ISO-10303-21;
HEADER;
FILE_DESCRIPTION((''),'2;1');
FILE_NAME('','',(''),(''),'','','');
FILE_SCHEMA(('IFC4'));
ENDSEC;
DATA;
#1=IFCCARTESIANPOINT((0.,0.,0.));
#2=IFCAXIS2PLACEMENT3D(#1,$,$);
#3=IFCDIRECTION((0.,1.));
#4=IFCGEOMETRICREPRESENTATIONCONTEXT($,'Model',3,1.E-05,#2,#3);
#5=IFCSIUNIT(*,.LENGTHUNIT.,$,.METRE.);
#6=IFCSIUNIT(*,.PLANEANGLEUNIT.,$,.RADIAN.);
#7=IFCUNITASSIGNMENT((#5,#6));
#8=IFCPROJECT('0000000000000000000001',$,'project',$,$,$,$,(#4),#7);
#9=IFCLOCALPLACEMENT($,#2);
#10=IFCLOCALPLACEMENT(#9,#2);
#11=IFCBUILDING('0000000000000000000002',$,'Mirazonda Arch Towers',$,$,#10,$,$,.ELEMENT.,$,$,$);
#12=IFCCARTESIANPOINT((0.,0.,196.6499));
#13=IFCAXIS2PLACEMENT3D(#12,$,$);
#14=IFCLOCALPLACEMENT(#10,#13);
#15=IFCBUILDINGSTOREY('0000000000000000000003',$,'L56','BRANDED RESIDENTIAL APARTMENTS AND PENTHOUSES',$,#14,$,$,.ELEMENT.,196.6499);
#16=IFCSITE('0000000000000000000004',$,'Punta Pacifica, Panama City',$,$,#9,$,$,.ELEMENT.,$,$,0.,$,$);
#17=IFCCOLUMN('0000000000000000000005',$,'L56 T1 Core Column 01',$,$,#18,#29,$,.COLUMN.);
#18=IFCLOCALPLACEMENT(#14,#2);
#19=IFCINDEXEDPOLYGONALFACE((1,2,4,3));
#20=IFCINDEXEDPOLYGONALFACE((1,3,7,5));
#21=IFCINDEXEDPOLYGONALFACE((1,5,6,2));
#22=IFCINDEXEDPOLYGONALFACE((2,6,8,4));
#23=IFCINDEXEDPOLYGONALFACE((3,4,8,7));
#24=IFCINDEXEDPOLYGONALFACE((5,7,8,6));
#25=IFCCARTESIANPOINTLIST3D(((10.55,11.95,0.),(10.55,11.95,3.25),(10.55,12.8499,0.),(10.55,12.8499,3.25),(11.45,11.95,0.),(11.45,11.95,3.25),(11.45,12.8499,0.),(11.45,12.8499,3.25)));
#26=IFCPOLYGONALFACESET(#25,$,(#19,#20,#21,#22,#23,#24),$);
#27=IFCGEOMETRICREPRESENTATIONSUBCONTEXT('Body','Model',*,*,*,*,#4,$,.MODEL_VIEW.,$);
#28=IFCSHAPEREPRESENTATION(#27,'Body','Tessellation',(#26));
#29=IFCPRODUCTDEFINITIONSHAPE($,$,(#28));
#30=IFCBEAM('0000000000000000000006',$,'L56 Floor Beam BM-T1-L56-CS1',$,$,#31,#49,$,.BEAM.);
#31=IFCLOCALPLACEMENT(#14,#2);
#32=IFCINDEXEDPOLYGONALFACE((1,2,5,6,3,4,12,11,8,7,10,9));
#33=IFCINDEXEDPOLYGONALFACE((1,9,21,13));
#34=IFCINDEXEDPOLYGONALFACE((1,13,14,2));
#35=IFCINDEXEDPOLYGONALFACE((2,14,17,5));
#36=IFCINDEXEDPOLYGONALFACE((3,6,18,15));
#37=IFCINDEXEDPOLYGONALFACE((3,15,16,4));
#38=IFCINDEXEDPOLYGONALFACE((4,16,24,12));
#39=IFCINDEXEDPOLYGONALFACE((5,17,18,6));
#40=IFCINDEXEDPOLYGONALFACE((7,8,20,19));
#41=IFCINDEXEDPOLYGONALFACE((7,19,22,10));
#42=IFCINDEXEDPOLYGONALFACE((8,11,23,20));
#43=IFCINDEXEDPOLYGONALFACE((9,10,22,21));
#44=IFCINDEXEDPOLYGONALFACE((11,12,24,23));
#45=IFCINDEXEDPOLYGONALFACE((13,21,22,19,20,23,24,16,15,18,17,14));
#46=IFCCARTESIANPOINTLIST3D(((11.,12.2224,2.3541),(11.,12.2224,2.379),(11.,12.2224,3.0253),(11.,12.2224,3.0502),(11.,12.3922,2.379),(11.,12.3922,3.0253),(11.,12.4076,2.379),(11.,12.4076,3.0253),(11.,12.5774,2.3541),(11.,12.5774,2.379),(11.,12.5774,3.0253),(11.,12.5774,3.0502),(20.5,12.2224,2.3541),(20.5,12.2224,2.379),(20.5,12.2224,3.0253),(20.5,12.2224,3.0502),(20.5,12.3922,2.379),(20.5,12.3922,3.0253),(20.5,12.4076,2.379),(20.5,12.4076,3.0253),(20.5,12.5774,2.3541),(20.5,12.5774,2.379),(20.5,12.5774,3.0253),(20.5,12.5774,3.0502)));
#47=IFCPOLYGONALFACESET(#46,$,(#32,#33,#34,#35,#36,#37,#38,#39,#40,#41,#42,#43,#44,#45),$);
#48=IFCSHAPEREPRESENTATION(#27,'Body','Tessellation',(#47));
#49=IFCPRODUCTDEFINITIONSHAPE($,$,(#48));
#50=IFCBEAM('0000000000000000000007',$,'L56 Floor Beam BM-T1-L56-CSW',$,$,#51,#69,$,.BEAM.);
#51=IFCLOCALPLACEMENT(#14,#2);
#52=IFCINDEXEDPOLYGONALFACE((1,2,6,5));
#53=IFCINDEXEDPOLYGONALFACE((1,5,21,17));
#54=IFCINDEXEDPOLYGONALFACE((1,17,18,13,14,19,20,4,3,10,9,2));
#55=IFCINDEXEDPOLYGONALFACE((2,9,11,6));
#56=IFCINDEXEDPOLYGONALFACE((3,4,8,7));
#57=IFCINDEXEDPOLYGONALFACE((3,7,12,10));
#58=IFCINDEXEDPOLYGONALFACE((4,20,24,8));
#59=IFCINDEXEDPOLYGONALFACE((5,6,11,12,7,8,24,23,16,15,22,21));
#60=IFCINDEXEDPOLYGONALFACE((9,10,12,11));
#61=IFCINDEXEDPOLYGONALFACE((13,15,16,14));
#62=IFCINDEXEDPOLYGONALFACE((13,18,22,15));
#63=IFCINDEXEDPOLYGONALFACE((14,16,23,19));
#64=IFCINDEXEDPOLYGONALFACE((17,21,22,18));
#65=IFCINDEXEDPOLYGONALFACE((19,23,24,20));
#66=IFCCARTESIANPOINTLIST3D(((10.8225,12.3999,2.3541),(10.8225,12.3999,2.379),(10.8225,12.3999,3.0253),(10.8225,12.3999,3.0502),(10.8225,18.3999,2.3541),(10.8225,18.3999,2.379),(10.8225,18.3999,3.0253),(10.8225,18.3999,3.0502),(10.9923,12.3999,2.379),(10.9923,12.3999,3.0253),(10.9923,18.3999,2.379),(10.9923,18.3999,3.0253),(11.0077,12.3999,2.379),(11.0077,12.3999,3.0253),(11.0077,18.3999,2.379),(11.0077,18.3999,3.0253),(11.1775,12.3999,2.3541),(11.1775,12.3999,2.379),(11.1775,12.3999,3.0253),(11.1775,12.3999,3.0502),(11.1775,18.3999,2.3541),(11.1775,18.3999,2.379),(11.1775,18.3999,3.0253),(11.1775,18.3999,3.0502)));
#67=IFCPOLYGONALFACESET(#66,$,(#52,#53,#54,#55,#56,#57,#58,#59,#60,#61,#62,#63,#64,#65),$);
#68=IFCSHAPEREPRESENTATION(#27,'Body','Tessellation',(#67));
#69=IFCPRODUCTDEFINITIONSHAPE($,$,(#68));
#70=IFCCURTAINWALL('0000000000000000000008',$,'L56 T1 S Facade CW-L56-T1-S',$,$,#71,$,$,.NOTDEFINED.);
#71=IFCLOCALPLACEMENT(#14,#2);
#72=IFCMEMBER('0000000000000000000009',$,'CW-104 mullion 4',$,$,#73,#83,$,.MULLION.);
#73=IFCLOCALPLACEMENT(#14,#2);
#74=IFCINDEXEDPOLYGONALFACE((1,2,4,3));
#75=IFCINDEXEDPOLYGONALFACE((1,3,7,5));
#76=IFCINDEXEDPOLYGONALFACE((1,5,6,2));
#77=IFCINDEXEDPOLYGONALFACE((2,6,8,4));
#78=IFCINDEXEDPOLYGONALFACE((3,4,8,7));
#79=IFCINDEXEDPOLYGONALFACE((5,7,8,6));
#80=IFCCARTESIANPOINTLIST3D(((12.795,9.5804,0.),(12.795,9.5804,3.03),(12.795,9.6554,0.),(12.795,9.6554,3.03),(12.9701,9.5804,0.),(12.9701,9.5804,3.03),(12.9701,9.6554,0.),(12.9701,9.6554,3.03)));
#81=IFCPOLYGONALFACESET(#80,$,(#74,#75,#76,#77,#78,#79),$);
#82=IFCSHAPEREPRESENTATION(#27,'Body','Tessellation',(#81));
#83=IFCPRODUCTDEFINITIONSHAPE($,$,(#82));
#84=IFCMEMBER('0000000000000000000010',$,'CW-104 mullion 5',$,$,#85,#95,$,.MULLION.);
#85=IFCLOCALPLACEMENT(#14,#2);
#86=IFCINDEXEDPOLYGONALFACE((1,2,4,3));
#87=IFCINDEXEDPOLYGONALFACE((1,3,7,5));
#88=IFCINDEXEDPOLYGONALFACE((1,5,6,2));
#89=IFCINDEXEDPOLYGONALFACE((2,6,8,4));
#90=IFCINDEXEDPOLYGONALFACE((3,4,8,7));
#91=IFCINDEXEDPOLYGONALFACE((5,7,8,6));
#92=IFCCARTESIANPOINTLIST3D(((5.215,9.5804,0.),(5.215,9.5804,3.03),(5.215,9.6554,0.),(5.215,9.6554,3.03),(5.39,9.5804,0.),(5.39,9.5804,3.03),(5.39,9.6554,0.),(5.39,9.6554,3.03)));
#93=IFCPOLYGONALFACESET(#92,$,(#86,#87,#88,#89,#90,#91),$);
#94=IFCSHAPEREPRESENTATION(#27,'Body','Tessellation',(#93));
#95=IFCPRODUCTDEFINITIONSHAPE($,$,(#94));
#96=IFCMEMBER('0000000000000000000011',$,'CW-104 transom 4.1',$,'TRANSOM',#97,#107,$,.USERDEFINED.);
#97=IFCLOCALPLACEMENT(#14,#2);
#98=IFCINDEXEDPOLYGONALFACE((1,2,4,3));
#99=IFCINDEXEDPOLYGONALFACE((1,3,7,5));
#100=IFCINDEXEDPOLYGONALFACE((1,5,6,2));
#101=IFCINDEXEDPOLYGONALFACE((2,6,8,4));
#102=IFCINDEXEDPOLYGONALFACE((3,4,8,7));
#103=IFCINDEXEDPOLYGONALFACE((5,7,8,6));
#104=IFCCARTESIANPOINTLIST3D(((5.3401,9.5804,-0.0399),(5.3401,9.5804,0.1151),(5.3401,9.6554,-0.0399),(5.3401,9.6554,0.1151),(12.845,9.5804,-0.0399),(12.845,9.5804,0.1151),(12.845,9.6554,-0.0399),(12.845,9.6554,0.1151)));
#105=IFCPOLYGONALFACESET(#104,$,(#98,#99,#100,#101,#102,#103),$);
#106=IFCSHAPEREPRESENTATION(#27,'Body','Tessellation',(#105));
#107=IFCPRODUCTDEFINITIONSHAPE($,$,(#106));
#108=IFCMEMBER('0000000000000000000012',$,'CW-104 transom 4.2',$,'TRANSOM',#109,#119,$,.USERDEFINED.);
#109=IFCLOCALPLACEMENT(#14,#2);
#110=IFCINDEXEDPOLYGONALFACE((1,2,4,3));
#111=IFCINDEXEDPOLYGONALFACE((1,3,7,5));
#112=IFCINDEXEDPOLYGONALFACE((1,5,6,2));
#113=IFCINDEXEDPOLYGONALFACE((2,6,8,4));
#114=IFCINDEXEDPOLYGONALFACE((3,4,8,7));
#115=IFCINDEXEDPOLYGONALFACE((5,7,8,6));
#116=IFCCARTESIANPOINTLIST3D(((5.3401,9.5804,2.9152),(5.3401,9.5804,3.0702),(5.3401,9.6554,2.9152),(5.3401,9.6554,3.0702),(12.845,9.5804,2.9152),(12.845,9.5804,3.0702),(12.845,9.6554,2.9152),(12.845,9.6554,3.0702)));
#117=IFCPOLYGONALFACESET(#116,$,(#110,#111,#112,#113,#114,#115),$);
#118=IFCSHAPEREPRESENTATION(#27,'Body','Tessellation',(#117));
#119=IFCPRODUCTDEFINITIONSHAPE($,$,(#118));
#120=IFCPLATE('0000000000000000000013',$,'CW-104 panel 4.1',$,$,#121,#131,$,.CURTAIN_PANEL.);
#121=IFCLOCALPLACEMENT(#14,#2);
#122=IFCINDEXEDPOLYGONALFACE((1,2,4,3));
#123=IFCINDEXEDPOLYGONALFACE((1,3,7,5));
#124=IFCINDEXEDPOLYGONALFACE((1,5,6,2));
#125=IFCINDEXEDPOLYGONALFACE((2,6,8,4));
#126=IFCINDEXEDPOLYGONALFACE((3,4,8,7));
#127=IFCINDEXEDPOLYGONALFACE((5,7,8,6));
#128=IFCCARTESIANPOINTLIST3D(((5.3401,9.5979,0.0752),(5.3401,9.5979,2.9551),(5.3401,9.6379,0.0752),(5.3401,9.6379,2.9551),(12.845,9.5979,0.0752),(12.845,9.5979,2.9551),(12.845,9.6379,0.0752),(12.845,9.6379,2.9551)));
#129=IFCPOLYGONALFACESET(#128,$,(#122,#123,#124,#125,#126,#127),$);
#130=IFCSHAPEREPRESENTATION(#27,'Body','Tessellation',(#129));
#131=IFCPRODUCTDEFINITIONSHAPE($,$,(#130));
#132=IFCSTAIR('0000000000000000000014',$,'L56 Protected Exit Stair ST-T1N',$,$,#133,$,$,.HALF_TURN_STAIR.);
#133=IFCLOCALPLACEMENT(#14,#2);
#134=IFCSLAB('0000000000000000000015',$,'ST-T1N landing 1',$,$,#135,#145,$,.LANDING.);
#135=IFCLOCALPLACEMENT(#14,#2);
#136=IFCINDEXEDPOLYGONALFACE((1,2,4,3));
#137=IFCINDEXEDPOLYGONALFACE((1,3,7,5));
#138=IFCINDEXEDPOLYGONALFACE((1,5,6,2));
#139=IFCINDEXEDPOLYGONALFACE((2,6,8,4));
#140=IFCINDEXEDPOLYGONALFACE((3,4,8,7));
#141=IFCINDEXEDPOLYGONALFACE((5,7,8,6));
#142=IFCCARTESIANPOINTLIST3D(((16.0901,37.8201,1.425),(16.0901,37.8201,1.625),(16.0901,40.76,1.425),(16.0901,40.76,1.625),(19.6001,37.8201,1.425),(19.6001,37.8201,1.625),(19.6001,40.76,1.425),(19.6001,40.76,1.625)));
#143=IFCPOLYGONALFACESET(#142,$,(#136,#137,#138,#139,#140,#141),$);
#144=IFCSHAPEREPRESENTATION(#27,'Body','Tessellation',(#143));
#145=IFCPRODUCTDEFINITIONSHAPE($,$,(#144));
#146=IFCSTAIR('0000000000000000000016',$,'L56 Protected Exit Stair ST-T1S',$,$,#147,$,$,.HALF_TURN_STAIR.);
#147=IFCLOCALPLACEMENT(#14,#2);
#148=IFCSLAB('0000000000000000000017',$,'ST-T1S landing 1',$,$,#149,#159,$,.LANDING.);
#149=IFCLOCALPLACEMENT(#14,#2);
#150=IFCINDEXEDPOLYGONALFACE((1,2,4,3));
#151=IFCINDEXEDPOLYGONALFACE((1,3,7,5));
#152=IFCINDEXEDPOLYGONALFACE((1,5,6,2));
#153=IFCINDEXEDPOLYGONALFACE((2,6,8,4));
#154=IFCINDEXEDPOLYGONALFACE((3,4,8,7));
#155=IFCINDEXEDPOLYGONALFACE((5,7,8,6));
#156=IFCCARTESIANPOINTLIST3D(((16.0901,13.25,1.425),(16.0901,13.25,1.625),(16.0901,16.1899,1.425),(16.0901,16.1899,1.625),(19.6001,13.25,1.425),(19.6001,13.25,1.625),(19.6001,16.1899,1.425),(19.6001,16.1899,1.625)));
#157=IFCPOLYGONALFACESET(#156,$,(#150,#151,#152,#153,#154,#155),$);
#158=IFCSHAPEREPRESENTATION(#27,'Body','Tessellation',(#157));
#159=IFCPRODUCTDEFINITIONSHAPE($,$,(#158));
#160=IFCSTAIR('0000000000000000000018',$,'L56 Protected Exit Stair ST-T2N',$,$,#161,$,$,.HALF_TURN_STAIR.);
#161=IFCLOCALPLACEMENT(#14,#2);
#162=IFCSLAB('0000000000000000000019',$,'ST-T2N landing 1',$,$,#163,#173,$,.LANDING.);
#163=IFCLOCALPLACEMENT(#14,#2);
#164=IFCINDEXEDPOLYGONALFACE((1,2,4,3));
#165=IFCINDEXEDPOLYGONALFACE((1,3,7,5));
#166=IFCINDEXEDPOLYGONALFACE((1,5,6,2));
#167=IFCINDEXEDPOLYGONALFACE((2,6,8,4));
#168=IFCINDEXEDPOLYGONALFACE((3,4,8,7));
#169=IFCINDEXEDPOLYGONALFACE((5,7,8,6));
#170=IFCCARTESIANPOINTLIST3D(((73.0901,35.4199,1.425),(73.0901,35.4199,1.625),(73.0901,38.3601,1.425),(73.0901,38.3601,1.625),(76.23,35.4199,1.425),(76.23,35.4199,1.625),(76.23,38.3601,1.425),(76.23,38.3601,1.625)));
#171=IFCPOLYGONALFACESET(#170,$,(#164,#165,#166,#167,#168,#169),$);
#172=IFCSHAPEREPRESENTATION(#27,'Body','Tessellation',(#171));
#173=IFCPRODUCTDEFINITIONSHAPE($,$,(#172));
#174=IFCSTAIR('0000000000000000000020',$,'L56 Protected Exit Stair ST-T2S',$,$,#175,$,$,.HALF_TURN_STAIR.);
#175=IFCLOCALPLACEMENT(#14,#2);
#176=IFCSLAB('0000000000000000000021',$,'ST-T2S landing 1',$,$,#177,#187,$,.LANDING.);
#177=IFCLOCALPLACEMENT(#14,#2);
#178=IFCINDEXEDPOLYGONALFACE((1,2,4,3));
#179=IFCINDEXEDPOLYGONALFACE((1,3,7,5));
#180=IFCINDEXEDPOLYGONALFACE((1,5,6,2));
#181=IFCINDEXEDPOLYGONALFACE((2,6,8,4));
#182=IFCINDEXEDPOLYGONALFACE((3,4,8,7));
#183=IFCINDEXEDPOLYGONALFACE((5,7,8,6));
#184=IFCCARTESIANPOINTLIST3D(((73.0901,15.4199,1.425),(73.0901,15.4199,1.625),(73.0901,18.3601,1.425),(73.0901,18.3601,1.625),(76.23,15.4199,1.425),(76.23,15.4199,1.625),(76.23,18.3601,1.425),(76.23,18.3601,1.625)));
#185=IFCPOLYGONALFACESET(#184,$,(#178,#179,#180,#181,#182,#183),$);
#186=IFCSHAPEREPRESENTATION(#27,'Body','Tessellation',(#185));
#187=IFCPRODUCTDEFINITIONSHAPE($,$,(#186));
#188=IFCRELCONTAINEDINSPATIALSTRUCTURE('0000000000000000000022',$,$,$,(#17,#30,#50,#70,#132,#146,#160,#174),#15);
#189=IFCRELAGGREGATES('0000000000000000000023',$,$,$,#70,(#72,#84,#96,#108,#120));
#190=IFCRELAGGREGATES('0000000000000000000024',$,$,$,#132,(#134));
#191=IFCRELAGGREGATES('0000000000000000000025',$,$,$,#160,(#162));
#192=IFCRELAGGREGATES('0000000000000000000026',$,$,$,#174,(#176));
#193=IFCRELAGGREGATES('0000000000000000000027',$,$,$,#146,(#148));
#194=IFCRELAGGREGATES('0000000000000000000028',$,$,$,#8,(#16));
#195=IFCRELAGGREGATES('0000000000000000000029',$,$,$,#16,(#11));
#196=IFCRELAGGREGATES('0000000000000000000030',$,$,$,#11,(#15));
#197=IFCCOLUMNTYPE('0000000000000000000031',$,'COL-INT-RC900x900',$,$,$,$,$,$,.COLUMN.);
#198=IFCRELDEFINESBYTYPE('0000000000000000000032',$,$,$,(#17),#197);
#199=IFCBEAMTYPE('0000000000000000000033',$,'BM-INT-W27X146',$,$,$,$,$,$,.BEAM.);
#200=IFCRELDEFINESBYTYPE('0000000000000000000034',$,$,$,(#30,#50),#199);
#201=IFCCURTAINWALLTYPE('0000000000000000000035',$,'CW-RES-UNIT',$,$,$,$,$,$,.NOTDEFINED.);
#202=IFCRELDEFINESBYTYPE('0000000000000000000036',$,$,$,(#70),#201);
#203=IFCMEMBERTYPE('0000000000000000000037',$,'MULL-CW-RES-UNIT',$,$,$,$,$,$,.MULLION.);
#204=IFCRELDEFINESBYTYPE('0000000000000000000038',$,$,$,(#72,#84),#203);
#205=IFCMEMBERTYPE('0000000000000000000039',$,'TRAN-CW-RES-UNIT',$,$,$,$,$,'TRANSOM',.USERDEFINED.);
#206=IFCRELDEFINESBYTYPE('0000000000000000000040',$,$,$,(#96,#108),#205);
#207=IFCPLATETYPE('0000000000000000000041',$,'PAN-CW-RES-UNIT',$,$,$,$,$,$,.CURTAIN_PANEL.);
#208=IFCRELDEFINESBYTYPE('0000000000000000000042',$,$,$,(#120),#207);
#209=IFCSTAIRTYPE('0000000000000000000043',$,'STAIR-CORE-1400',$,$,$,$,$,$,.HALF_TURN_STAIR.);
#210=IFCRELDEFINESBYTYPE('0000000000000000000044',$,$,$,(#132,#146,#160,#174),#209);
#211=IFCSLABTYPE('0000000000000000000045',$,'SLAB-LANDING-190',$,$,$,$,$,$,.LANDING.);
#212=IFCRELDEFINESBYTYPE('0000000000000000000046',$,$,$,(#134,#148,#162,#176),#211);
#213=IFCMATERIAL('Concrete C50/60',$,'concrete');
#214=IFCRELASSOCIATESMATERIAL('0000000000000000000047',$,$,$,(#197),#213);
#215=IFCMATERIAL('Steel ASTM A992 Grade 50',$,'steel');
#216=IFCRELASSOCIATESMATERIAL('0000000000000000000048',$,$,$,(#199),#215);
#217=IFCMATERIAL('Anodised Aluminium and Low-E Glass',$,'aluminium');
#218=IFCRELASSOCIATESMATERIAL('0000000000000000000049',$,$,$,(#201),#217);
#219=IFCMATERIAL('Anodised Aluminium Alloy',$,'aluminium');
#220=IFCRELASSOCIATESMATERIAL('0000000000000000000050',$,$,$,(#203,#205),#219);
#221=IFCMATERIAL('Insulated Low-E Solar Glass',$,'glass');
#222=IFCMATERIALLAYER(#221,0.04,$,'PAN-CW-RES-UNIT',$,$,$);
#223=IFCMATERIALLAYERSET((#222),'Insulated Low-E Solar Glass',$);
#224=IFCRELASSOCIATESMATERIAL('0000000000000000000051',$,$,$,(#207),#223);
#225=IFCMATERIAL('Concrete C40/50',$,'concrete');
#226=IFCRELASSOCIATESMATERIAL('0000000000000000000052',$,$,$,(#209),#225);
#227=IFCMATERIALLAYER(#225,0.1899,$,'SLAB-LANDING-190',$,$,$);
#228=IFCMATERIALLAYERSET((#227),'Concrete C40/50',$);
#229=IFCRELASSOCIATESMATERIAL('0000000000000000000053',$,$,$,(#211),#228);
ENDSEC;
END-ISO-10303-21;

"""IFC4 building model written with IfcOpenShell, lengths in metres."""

from ifc_helpers import new_model, si_unit, direction, frame, origin, origin_2d, place, context, subcontext, project, spatial, polyline, rectangle, i_section, outline, extrude, material, layer, layer_set, material_profile, profile_set, type_object, element, aggregate, save


model = new_model("IFC4")

# Units and contexts
model_context = context("Model", 3, precision=1e-05, world=origin(), true_north=direction((0.0, 1.0)))
body_context = subcontext(model_context, "Body", "Model", "MODEL_VIEW")
ifc_project = project(units=[si_unit("LENGTHUNIT", "METRE"), si_unit("PLANEANGLEUNIT", "RADIAN")], contexts=[model_context])

# Site, building, storey
site_placement = place(None, origin())
site = spatial("IfcSite", under=ifc_project, at=site_placement, Name="Punta Pacifica, Panama City", CompositionType="ELEMENT", RefElevation=0.0)
building_placement = place(site_placement, origin())
building = spatial("IfcBuilding", under=site, at=building_placement, Name="Mirazonda Arch Towers", CompositionType="ELEMENT")
storey_placement = place(building_placement, frame((0.0, 0.0, 196.6499)))
storey = spatial("IfcBuildingStorey", under=building, at=storey_placement, Name="L56", Description="BRANDED RESIDENTIAL APARTMENTS AND PENTHOUSES", CompositionType="ELEMENT", Elevation=196.6499)

# Column
ifc_material_1 = material(Name="Concrete C50/60", Category="concrete")
ifc_material_profile_1 = material_profile(ifc_material_1, rectangle(XDim=0.8999, YDim=0.8999, at=origin_2d()), Name="RC900x900")
ifc_profile_set_1 = profile_set([ifc_material_profile_1], Name="Concrete C50/60")
column_type = type_object("IfcColumnType", Name="COL-INT-RC900x900", PredefinedType="COLUMN", material=ifc_profile_set_1)
column_placement = place(storey_placement, frame((11.0, 12.3999, 0.0), z_axis=(0.0, 0.0, 1.0), x_axis=(1.0, 0.0, 0.0)))
element("IfcColumn", 1, at=column_placement, inside=storey, type_object=column_type, Name="L56 T1 Core Column 01", PredefinedType="COLUMN", context=body_context, shape_type="SweptSolid", body=[
    extrude(rectangle(XDim=0.8999, YDim=0.8999, at=origin_2d()), origin(), (0.0, 0.0, 1.0), 3.25),
])

# Beams
ifc_material_2 = material(Name="Steel ASTM A992 Grade 50", Category="steel")
ifc_material_profile_2 = material_profile(ifc_material_2, i_section(OverallWidth=0.355, OverallDepth=0.696, WebThickness=0.0154, FlangeThickness=0.0249, at=origin_2d()), Name="W27X146")
ifc_profile_set_2 = profile_set([ifc_material_profile_2], Name="Steel ASTM A992 Grade 50")
beam_type = type_object("IfcBeamType", Name="BM-INT-W27X146", PredefinedType="BEAM", material=ifc_profile_set_2)
beam_1_placement = place(storey_placement, frame((11.0, 12.3999, 2.7021), z_axis=(1.0, 0.0, 0.0), x_axis=(0.0, 1.0, 0.0)))
element("IfcBeam", 2, at=beam_1_placement, inside=storey, type_object=beam_type, Name="L56 Floor Beam BM-T1-L56-CS1", PredefinedType="BEAM", context=body_context, shape_type="SweptSolid", body=[
    extrude(i_section(OverallWidth=0.355, OverallDepth=0.696, WebThickness=0.0154, FlangeThickness=0.0249, at=origin_2d()), origin(), (0.0, 0.0, 1.0), 9.5),
])
beam_2_placement = place(storey_placement, frame((11.0, 12.3999, 2.7021), z_axis=(0.0, 1.0, 0.0), x_axis=(-1.0, 0.0, 0.0)))
element("IfcBeam", 3, at=beam_2_placement, inside=storey, type_object=beam_type, Name="L56 Floor Beam BM-T1-L56-CSW", PredefinedType="BEAM", context=body_context, shape_type="SweptSolid", body=[
    extrude(i_section(OverallWidth=0.355, OverallDepth=0.696, WebThickness=0.0154, FlangeThickness=0.0249, at=origin_2d()), origin(), (0.0, 0.0, 1.0), 6.0),
])

# Curtain wall, members, plate
ifc_material_3 = material(Name="Anodised Aluminium and Low-E Glass", Category="aluminium")
curtain_wall_type = type_object("IfcCurtainWallType", Name="CW-RES-UNIT", PredefinedType="NOTDEFINED", material=ifc_material_3)
curtain_wall_placement = place(storey_placement, origin())
curtain_wall = element("IfcCurtainWall", 4, at=curtain_wall_placement, inside=storey, type_object=curtain_wall_type, Name="L56 T1 S Facade CW-L56-T1-S", PredefinedType="NOTDEFINED")
ifc_material_4 = material(Name="Anodised Aluminium Alloy", Category="aluminium")
ifc_material_profile_3 = material_profile(ifc_material_4, rectangle(XDim=0.075, YDim=0.175, at=origin_2d()), Name="ALU-MULL-75x175")
ifc_profile_set_3 = profile_set([ifc_material_profile_3], Name="Anodised Aluminium Alloy")
member_type_1 = type_object("IfcMemberType", Name="MULL-CW-RES-UNIT", PredefinedType="MULLION", material=ifc_profile_set_3)
member_1_placement = place(storey_placement, frame((12.8826, 9.6179, 0.0), z_axis=(0.0, 0.0, 1.0), x_axis=(0.0, -1.0, 0.0)))
member_1 = element("IfcMember", 5, at=member_1_placement, type_object=member_type_1, Name="CW-104 mullion 4", PredefinedType="MULLION", context=body_context, shape_type="SweptSolid", body=[
    extrude(rectangle(XDim=0.075, YDim=0.175, at=origin_2d()), origin(), (0.0, 0.0, 1.0), 3.03),
])
member_2_placement = place(storey_placement, frame((5.3025, 9.6179, 0.0), z_axis=(0.0, 0.0, 1.0), x_axis=(0.0, -1.0, 0.0)))
member_2 = element("IfcMember", 6, at=member_2_placement, type_object=member_type_1, Name="CW-104 mullion 5", PredefinedType="MULLION", context=body_context, shape_type="SweptSolid", body=[
    extrude(rectangle(XDim=0.075, YDim=0.175, at=origin_2d()), origin(), (0.0, 0.0, 1.0), 3.03),
])
ifc_material_profile_4 = material_profile(ifc_material_4, rectangle(XDim=0.075, YDim=0.155, at=origin_2d()), Name="ALU-TRAN-75x155")
ifc_profile_set_4 = profile_set([ifc_material_profile_4], Name="Anodised Aluminium Alloy")
member_type_2 = type_object("IfcMemberType", Name="TRAN-CW-RES-UNIT", ElementType="TRANSOM", PredefinedType="USERDEFINED", material=ifc_profile_set_4)
member_3_placement = place(storey_placement, frame((12.845, 9.6179, 0.0376), z_axis=(-1.0, 0.0, 0.0), x_axis=(0.0, -1.0, 0.0)))
member_3 = element("IfcMember", 7, at=member_3_placement, type_object=member_type_2, Name="CW-104 transom 4.1", ObjectType="TRANSOM", PredefinedType="USERDEFINED", context=body_context, shape_type="SweptSolid", body=[
    extrude(rectangle(XDim=0.075, YDim=0.155, at=origin_2d()), origin(), (0.0, 0.0, 1.0), 7.5049),
])
member_4_placement = place(storey_placement, frame((12.845, 9.6179, 2.9927), z_axis=(-1.0, 0.0, 0.0), x_axis=(0.0, -1.0, 0.0)))
member_4 = element("IfcMember", 8, at=member_4_placement, type_object=member_type_2, Name="CW-104 transom 4.2", ObjectType="TRANSOM", PredefinedType="USERDEFINED", context=body_context, shape_type="SweptSolid", body=[
    extrude(rectangle(XDim=0.075, YDim=0.155, at=origin_2d()), origin(), (0.0, 0.0, 1.0), 7.5049),
])
ifc_material_5 = material(Name="Insulated Low-E Solar Glass", Category="glass")
ifc_layer_1 = layer(ifc_material_5, 0.04, Name="PAN-CW-RES-UNIT")
ifc_layer_set_1 = layer_set([ifc_layer_1], Name="Insulated Low-E Solar Glass")
plate_type = type_object("IfcPlateType", Name="PAN-CW-RES-UNIT", PredefinedType="CURTAIN_PANEL", material=ifc_layer_set_1)
plate_placement = place(storey_placement, frame((9.0925, 9.6179, 0.0752), z_axis=(0.0, 0.0, 1.0), x_axis=(-1.0, 0.0, 0.0)))
plate = element("IfcPlate", 9, at=plate_placement, type_object=plate_type, Name="CW-104 panel 4.1", PredefinedType="CURTAIN_PANEL", context=body_context, shape_type="SweptSolid", body=[
    extrude(rectangle(XDim=7.5049, YDim=0.04, at=origin_2d()), origin(), (0.0, 0.0, 1.0), 2.8799),
])
aggregate(curtain_wall, [member_1, member_2, member_3, member_4, plate])

# Stairs, slabs
ifc_material_6 = material(Name="Concrete C40/50", Category="concrete")
stair_type = type_object("IfcStairType", Name="STAIR-CORE-1400", PredefinedType="HALF_TURN_STAIR", material=ifc_material_6)
stair_1_placement = place(storey_placement, origin())
stair_1 = element("IfcStair", 10, at=stair_1_placement, inside=storey, type_object=stair_type, Name="L56 Protected Exit Stair ST-T1N", PredefinedType="HALF_TURN_STAIR")
ifc_layer_2 = layer(ifc_material_6, 0.1899, Name="SLAB-LANDING-190")
ifc_layer_set_2 = layer_set([ifc_layer_2], Name="Concrete C40/50")
slab_type_1 = type_object("IfcSlabType", Name="SLAB-LANDING-190", PredefinedType="LANDING", material=ifc_layer_set_2)
slab_1_placement = place(storey_placement, frame((0.0, 0.0, 1.425)))
slab_1 = element("IfcSlab", 11, at=slab_1_placement, type_object=slab_type_1, Name="ST-T1N landing 1", PredefinedType="LANDING", context=body_context, shape_type="SweptSolid", body=[
    extrude(outline(polyline([(16.0901, 37.8201), (19.6001, 37.8201), (19.6001, 40.76), (16.0901, 40.76), (16.0901, 37.8201)])), origin(), (0.0, 0.0, 1.0), 0.2),
])
aggregate(stair_1, [slab_1])
stair_2_placement = place(storey_placement, origin())
stair_2 = element("IfcStair", 12, at=stair_2_placement, inside=storey, type_object=stair_type, Name="L56 Protected Exit Stair ST-T1S", PredefinedType="HALF_TURN_STAIR")
slab_2_placement = place(storey_placement, frame((0.0, 0.0, 1.425)))
slab_2 = element("IfcSlab", 13, at=slab_2_placement, type_object=slab_type_1, Name="ST-T1S landing 1", PredefinedType="LANDING", context=body_context, shape_type="SweptSolid", body=[
    extrude(outline(polyline([(16.0901, 13.25), (19.6001, 13.25), (19.6001, 16.1899), (16.0901, 16.1899), (16.0901, 13.25)])), origin(), (0.0, 0.0, 1.0), 0.2),
])
stair_3_placement = place(storey_placement, origin())
stair_3 = element("IfcStair", 14, at=stair_3_placement, inside=storey, type_object=stair_type, Name="L56 Protected Exit Stair ST-T2N", PredefinedType="HALF_TURN_STAIR")
slab_3_placement = place(storey_placement, frame((0.0, 0.0, 1.425)))
slab_3 = element("IfcSlab", 15, at=slab_3_placement, type_object=slab_type_1, Name="ST-T2N landing 1", PredefinedType="LANDING", context=body_context, shape_type="SweptSolid", body=[
    extrude(outline(polyline([(73.0901, 35.4199), (76.23, 35.4199), (76.23, 38.3601), (73.0901, 38.3601), (73.0901, 35.4199)])), origin(), (0.0, 0.0, 1.0), 0.2),
])
aggregate(stair_3, [slab_3])
stair_4_placement = place(storey_placement, origin())
stair_4 = element("IfcStair", 16, at=stair_4_placement, inside=storey, type_object=stair_type, Name="L56 Protected Exit Stair ST-T2S", PredefinedType="HALF_TURN_STAIR")
slab_4_placement = place(storey_placement, frame((0.0, 0.0, 1.425)))
slab_4 = element("IfcSlab", 17, at=slab_4_placement, type_object=slab_type_1, Name="ST-T2S landing 1", PredefinedType="LANDING", context=body_context, shape_type="SweptSolid", body=[
    extrude(outline(polyline([(73.0901, 15.4199), (76.23, 15.4199), (76.23, 18.3601), (73.0901, 18.3601), (73.0901, 15.4199)])), origin(), (0.0, 0.0, 1.0), 0.2),
])
aggregate(stair_4, [slab_4])

aggregate(stair_2, [slab_2])

save(model, "model.ifc")
